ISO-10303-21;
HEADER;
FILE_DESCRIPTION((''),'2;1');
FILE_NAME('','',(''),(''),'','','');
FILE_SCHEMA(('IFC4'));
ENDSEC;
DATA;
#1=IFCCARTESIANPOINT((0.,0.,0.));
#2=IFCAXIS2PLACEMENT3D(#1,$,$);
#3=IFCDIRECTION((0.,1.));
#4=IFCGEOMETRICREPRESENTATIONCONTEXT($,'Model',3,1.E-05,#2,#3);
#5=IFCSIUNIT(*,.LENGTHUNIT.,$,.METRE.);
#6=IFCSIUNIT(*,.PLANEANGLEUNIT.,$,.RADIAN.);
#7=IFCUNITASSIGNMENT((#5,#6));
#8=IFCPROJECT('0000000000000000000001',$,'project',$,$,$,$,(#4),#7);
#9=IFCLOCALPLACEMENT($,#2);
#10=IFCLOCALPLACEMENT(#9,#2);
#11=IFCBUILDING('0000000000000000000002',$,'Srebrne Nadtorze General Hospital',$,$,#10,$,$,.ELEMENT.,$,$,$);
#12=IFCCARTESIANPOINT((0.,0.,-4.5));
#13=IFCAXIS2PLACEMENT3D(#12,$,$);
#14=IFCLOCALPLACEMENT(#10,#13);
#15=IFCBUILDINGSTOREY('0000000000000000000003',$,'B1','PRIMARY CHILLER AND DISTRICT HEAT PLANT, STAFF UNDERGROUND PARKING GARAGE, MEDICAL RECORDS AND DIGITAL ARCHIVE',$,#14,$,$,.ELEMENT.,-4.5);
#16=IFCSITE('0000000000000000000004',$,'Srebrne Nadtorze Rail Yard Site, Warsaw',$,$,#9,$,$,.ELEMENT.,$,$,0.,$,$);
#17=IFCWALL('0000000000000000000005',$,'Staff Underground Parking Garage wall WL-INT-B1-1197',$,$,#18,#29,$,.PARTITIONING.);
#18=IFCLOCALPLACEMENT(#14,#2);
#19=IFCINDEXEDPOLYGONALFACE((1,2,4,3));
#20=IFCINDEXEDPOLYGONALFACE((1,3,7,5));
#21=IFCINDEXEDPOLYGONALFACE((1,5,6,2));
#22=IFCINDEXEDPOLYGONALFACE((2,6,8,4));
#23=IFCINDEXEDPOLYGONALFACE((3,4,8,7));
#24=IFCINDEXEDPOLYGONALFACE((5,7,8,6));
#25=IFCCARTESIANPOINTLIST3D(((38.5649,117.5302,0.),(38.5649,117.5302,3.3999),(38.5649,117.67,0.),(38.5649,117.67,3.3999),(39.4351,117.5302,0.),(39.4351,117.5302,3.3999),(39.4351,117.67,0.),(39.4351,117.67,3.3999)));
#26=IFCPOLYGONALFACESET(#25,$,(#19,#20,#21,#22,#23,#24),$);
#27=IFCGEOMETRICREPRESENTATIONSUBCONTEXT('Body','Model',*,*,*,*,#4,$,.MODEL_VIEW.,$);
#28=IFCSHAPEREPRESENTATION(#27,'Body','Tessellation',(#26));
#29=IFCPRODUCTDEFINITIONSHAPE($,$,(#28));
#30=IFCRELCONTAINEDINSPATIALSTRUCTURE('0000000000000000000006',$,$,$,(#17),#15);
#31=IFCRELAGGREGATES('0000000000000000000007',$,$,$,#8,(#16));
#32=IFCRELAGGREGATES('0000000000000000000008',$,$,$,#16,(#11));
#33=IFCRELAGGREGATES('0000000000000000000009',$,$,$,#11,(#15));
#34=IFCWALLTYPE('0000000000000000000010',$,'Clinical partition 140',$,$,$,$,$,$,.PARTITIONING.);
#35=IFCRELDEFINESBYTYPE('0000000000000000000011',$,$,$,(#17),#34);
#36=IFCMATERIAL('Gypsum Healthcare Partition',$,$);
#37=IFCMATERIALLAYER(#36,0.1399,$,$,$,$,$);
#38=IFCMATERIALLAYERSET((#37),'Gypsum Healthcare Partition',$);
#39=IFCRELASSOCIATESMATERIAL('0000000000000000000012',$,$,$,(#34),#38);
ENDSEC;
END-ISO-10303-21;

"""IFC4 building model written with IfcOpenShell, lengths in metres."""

from ifc_helpers import new_model, si_unit, direction, frame, frame_2d, origin, place, context, subcontext, project, spatial, rectangle, extrude, material, layer, layer_set, type_object, element, save


model = new_model("IFC4")

# Units and contexts
model_context = context("Model", 3, precision=1e-05, world=origin(), true_north=direction((0.0, 1.0)))
body_context = subcontext(model_context, "Body", "Model", "MODEL_VIEW")
ifc_project = project(units=[si_unit("LENGTHUNIT", "METRE"), si_unit("PLANEANGLEUNIT", "RADIAN")], contexts=[model_context])

# Site, building, storey
site_placement = place(None, origin())
site = spatial("IfcSite", under=ifc_project, at=site_placement, Name="Srebrne Nadtorze Rail Yard Site, Warsaw", CompositionType="ELEMENT", RefElevation=0.0)
building_placement = place(site_placement, origin())
building = spatial("IfcBuilding", under=site, at=building_placement, Name="Srebrne Nadtorze General Hospital", CompositionType="ELEMENT")
storey_placement = place(building_placement, frame((0.0, 0.0, -4.5)))
storey = spatial("IfcBuildingStorey", under=building, at=storey_placement, Name="B1", Description="PRIMARY CHILLER AND DISTRICT HEAT PLANT, STAFF UNDERGROUND PARKING GARAGE, MEDICAL RECORDS AND DIGITAL ARCHIVE", CompositionType="ELEMENT", Elevation=-4.5)

# Wall
ifc_material_1 = material(Name="Gypsum Healthcare Partition")
ifc_layer_1 = layer(ifc_material_1, 0.1399)
ifc_layer_set_1 = layer_set([ifc_layer_1], Name="Gypsum Healthcare Partition")
wall_type_1 = type_object("IfcWallType", Name="Clinical partition 140", PredefinedType="PARTITIONING", material=ifc_layer_set_1)
wall_placement = place(storey_placement, frame((38.5649, 117.6001, 0.0), z_axis=(0.0, 0.0, 1.0), x_axis=(1.0, 0.0, 0.0)))
element("IfcWall", 1, at=wall_placement, inside=storey, type_object=wall_type_1, Name="Staff Underground Parking Garage wall WL-INT-B1-1197", PredefinedType="PARTITIONING", context=body_context, shape_type="SweptSolid", body=[
    extrude(rectangle(XDim=0.8701, YDim=0.1399, at=frame_2d((0.4351, 0.0))), origin(), (0.0, 0.0, 1.0), 3.3999),
])

save(model, "model.ifc")
